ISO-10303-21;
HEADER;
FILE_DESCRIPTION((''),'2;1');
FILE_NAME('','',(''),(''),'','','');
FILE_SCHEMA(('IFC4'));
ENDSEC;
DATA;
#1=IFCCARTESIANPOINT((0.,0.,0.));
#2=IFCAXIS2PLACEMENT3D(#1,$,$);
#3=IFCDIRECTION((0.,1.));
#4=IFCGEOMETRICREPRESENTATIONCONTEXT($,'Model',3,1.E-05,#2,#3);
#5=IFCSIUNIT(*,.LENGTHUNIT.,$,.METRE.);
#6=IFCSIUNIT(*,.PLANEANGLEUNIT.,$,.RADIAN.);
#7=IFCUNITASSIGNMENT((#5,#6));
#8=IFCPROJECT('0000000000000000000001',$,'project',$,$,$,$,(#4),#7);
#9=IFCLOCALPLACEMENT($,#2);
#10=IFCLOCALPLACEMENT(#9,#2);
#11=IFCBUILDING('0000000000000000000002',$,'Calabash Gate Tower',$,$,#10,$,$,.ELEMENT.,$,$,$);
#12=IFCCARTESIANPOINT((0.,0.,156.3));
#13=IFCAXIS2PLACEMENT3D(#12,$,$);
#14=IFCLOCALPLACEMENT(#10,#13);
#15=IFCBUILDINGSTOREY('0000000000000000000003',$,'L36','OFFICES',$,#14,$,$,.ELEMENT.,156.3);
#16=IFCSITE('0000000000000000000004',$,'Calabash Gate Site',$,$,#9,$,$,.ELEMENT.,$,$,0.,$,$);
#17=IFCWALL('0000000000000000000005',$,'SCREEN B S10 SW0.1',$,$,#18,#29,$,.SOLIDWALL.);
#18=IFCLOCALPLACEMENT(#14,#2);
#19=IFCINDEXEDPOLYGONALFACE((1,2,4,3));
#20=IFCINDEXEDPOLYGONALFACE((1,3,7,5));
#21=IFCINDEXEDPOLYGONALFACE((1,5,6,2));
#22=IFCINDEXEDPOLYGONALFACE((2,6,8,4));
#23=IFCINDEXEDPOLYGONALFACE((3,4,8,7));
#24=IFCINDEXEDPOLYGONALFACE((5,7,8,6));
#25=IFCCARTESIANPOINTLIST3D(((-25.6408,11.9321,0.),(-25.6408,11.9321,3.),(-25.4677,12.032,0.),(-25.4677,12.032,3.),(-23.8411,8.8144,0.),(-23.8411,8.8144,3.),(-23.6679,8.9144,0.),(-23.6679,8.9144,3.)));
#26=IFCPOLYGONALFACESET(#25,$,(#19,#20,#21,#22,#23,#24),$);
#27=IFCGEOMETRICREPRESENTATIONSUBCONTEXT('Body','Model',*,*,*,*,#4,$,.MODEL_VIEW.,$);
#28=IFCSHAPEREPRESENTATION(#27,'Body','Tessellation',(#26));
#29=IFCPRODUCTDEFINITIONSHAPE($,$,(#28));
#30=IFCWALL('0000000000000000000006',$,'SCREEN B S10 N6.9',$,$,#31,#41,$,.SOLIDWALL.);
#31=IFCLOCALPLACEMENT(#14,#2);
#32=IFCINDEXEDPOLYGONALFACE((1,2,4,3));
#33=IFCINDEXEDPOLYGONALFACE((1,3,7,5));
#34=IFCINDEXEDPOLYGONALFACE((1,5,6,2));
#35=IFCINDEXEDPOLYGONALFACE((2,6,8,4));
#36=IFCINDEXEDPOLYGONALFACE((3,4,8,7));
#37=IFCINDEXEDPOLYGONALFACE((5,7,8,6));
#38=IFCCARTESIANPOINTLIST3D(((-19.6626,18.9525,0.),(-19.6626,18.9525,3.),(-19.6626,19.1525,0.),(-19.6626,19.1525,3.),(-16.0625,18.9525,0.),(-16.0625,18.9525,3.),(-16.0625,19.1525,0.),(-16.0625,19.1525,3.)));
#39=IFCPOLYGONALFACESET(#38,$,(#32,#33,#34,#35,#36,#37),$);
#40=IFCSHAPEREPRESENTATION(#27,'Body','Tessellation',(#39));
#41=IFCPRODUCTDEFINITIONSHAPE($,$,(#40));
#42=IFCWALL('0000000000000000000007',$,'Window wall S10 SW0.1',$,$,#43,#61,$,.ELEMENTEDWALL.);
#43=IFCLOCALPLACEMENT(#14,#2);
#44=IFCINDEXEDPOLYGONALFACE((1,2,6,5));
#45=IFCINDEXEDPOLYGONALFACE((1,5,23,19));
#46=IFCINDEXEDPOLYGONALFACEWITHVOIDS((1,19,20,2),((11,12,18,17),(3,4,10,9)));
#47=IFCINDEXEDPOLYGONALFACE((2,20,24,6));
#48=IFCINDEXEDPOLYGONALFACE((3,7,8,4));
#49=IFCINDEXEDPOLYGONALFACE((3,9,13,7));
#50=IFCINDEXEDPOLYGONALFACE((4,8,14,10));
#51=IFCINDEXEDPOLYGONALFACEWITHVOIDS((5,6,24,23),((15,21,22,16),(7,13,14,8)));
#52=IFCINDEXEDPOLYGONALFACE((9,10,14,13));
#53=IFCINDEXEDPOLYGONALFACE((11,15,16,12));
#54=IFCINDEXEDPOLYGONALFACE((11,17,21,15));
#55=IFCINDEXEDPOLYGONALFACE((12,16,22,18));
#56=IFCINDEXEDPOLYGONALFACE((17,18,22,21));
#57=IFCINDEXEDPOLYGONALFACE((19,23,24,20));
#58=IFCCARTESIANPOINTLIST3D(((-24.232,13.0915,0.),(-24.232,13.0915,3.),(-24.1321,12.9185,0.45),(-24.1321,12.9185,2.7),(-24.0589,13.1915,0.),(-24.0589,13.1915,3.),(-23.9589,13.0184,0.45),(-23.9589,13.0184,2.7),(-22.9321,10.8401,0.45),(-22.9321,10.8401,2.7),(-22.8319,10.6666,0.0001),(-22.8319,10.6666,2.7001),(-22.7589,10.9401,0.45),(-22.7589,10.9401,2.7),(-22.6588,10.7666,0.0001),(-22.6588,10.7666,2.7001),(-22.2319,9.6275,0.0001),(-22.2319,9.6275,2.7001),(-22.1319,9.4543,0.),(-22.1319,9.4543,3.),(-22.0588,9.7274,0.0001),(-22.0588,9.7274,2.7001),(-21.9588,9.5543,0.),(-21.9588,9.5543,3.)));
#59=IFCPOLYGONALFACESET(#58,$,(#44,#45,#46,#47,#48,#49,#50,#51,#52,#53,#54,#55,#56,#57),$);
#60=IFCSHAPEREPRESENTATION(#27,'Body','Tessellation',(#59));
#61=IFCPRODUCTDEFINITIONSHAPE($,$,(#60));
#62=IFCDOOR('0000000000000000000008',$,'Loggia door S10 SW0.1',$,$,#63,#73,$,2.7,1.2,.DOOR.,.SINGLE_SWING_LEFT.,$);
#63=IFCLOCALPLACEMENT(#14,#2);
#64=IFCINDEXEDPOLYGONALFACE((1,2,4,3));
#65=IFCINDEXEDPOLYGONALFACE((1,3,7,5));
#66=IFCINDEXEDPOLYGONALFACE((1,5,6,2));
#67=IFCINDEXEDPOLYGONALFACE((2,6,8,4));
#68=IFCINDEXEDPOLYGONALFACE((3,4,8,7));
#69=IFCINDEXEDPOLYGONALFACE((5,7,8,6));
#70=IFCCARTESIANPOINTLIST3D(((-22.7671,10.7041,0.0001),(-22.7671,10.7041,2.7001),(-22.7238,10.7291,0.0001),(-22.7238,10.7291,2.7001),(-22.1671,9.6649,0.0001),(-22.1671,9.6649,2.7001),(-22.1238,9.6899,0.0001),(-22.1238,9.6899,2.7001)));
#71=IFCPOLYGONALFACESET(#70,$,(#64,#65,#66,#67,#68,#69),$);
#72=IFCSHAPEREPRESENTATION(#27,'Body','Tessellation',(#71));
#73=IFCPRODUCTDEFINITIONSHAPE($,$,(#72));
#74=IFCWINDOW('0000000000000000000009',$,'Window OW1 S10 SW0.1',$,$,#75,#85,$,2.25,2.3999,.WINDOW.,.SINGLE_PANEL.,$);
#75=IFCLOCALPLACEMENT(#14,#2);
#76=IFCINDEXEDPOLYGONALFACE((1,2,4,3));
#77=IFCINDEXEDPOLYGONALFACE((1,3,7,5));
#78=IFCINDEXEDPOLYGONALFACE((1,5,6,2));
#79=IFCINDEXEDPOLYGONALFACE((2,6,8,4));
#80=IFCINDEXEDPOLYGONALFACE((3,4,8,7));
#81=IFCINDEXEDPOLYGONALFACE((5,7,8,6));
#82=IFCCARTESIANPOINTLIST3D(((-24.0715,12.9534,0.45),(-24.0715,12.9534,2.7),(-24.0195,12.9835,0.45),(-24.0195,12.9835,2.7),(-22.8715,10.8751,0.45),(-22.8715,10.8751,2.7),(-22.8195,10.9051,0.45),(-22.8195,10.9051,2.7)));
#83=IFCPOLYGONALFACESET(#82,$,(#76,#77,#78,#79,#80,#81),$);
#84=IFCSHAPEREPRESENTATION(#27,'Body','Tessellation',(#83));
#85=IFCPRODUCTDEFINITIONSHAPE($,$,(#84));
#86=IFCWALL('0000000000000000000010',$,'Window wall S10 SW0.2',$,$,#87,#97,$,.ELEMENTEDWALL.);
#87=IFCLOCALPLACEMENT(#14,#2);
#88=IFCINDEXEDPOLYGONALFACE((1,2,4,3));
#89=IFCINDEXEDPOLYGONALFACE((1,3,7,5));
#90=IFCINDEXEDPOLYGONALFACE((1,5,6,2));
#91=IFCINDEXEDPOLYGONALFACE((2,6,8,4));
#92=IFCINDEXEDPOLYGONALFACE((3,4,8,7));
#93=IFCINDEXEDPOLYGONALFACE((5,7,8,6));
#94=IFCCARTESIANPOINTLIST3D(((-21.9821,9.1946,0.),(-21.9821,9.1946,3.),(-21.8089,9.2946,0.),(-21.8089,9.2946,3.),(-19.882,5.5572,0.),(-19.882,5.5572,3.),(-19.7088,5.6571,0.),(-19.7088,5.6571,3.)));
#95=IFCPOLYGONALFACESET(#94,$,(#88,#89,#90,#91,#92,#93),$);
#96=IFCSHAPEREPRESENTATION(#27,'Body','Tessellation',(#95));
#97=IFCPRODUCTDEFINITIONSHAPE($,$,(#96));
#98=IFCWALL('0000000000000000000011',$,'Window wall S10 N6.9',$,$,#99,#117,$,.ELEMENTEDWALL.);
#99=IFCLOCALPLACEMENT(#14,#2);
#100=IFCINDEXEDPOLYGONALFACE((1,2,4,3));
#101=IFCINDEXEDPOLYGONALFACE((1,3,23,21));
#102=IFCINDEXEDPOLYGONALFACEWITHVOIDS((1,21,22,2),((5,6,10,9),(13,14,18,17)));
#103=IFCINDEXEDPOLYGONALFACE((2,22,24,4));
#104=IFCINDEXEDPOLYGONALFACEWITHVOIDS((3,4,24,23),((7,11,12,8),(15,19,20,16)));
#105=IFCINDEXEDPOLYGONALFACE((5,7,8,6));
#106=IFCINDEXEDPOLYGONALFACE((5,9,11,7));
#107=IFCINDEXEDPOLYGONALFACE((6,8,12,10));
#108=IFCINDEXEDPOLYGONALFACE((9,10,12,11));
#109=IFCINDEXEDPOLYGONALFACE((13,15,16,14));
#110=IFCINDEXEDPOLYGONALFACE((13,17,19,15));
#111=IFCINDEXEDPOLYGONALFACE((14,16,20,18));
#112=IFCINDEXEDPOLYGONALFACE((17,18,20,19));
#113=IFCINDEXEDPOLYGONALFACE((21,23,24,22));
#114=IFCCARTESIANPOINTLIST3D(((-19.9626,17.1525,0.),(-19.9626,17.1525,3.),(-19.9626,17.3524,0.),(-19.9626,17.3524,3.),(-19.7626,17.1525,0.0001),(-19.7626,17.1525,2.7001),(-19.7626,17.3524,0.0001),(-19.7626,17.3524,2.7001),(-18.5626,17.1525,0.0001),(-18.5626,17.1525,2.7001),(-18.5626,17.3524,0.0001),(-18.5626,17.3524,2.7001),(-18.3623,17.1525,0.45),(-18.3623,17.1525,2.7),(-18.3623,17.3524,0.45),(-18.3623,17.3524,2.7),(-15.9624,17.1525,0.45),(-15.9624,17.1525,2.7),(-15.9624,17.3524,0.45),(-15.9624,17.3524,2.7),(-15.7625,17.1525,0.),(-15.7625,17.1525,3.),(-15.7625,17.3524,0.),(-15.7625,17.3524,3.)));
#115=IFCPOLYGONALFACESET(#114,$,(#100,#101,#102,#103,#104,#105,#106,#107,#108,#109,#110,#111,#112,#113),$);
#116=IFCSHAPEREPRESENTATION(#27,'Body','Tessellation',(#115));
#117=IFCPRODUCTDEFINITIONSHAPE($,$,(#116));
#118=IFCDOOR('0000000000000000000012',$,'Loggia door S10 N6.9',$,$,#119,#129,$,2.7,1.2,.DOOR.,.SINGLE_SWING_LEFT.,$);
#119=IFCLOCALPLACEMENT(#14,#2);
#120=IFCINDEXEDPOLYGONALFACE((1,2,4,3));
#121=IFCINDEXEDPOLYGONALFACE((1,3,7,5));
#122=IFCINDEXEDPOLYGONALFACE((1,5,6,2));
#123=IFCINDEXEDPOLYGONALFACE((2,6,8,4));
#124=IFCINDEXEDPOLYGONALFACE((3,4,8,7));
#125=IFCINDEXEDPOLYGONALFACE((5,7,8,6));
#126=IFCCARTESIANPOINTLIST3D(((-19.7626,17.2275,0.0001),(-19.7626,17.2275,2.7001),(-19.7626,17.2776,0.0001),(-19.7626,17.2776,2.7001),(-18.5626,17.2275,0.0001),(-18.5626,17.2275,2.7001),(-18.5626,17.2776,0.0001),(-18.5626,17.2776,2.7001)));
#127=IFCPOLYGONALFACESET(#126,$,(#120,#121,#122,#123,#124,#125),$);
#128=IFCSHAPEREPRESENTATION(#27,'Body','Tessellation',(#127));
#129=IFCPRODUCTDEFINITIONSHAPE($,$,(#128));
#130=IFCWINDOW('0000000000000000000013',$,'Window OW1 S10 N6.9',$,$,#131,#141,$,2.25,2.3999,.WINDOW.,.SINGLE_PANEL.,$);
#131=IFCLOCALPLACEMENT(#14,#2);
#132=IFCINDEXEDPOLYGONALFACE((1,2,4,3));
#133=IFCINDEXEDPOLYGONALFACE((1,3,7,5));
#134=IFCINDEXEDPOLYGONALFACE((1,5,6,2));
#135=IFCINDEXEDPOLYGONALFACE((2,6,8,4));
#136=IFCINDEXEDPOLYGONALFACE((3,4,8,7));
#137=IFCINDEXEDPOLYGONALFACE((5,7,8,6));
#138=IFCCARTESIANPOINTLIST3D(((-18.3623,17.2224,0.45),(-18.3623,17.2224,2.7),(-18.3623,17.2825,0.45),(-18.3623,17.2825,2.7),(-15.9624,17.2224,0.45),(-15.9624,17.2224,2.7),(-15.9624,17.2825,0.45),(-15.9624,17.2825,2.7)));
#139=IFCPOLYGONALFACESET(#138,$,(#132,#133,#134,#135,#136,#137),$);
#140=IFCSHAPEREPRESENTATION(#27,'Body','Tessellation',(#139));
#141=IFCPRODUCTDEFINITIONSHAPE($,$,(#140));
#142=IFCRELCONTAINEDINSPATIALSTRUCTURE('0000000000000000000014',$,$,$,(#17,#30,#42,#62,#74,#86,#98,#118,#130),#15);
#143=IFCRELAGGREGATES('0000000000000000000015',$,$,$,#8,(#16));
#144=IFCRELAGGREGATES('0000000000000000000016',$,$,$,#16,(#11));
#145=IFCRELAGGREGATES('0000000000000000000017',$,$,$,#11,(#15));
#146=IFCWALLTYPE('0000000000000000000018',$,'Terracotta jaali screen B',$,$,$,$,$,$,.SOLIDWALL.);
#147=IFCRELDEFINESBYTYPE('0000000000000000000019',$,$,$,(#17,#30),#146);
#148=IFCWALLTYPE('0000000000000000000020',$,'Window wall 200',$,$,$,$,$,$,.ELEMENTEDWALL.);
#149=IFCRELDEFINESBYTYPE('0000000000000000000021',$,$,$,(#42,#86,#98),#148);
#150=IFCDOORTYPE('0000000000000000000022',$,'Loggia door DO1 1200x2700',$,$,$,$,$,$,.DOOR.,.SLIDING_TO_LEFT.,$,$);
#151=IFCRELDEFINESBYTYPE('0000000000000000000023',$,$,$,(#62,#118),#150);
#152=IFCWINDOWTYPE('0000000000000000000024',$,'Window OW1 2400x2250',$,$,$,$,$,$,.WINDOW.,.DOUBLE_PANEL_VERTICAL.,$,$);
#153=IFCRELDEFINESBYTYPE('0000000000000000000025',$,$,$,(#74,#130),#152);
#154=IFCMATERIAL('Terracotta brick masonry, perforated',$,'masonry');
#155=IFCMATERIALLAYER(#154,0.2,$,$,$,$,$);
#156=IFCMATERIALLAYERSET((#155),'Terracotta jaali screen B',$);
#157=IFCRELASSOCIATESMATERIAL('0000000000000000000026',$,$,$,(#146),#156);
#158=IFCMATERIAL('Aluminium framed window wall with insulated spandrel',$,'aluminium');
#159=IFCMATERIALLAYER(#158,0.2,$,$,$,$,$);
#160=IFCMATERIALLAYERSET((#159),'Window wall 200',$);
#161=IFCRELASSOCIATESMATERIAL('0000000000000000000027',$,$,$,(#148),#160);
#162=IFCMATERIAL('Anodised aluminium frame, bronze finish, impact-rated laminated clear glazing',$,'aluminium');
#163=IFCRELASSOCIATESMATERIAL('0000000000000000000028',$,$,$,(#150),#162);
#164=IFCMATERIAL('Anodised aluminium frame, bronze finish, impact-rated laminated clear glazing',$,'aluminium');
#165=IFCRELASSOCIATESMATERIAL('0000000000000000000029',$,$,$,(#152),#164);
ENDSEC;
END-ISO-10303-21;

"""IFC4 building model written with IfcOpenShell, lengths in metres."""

from ifc_helpers import new_model, si_unit, direction, frame, frame_2d, origin, place, context, subcontext, project, spatial, rectangle, extrude, material, layer, layer_set, type_object, element, fill, save


model = new_model("IFC4")

# Units and contexts
model_context = context("Model", 3, precision=1e-05, world=origin(), true_north=direction((0.0, 1.0)))
body_context = subcontext(model_context, "Body", "Model", "MODEL_VIEW")
ifc_project = project(units=[si_unit("LENGTHUNIT", "METRE"), si_unit("PLANEANGLEUNIT", "RADIAN")], contexts=[model_context])

# Site, building, storey
site_placement = place(None, origin())
site = spatial("IfcSite", under=ifc_project, at=site_placement, Name="Calabash Gate Site", CompositionType="ELEMENT", RefElevation=0.0)
building_placement = place(site_placement, origin())
building = spatial("IfcBuilding", under=site, at=building_placement, Name="Calabash Gate Tower", CompositionType="ELEMENT")
storey_placement = place(building_placement, frame((0.0, 0.0, 156.3)))
storey = spatial("IfcBuildingStorey", under=building, at=storey_placement, Name="L36", Description="OFFICES", CompositionType="ELEMENT", Elevation=156.3)

# Walls
ifc_material_1 = material(Name="Terracotta brick masonry, perforated", Category="masonry")
ifc_layer_1 = layer(ifc_material_1, 0.2)
ifc_layer_set_1 = layer_set([ifc_layer_1], Name="Terracotta jaali screen B")
wall_type_1 = type_object("IfcWallType", Name="Terracotta jaali screen B", PredefinedType="SOLIDWALL", material=ifc_layer_set_1)
wall_1_placement = place(storey_placement, frame((-25.5542, 11.9819, 0.0), z_axis=(0.0, 0.0, 1.0), x_axis=(0.499961, -0.866048, 0.0)))
element("IfcWall", 1, at=wall_1_placement, inside=storey, type_object=wall_type_1, Name="SCREEN B S10 SW0.1", PredefinedType="SOLIDWALL", context=body_context, shape_type="SweptSolid", body=[
    extrude(rectangle(XDim=3.5999, YDim=0.2, at=frame_2d((1.7998, 0.0))), origin(), (0.0, 0.0, 1.0), 3.0),
])
wall_2_placement = place(storey_placement, frame((-16.0625, 19.0525, 0.0), z_axis=(0.0, 0.0, 1.0), x_axis=(-1.0, 0.0, 0.0)))
element("IfcWall", 2, at=wall_2_placement, inside=storey, type_object=wall_type_1, Name="SCREEN B S10 N6.9", PredefinedType="SOLIDWALL", context=body_context, shape_type="SweptSolid", body=[
    extrude(rectangle(XDim=3.6001, YDim=0.2, at=frame_2d((1.8, 0.0))), origin(), (0.0, 0.0, 1.0), 3.0),
])

# Wall, openings, door, window
ifc_material_2 = material(Name="Aluminium framed window wall with insulated spandrel", Category="aluminium")
ifc_layer_2 = layer(ifc_material_2, 0.2)
ifc_layer_set_2 = layer_set([ifc_layer_2], Name="Window wall 200")
wall_type_2 = type_object("IfcWallType", Name="Window wall 200", PredefinedType="ELEMENTEDWALL", material=ifc_layer_set_2)
wall_3_placement = place(storey_placement, frame((-24.1455, 13.1416, 0.0), z_axis=(0.0, 0.0, 1.0), x_axis=(0.500028, -0.866009, 0.0)))
wall_3 = element("IfcWall", 3, at=wall_3_placement, inside=storey, type_object=wall_type_2, Name="Window wall S10 SW0.1", PredefinedType="ELEMENTEDWALL", context=body_context, shape_type="SweptSolid", body=[
    extrude(rectangle(XDim=4.2, YDim=0.2, at=frame_2d((2.1001, 0.0))), origin(), (0.0, 0.0, 1.0), 3.0),
])
opening_1_placement = place(wall_3_placement, frame((0.2, 0.0, 0.45)))
opening_1 = element("IfcOpeningElement", 4, at=opening_1_placement, cuts=wall_3, PredefinedType="OPENING", context=body_context, shape_type="SweptSolid", body=[
    extrude(rectangle(XDim=2.3999, YDim=2.25, at=frame_2d((1.2, 1.125))), frame((0.0, 0.1099, 0.0), z_axis=(0.0, -1.0, 0.0), x_axis=(1.0, 0.0, 0.0)), (0.0, 0.0, 1.0), 0.22),
])
opening_2_placement = place(wall_3_placement, frame((2.8, 0.0, 0.0)))
opening_2 = element("IfcOpeningElement", 5, at=opening_2_placement, cuts=wall_3, PredefinedType="OPENING", context=body_context, shape_type="SweptSolid", body=[
    extrude(rectangle(XDim=1.2, YDim=2.7, at=frame_2d((0.6001, 1.3501))), frame((0.0, 0.1099, 0.0), z_axis=(0.0, -1.0, 0.0), x_axis=(1.0, 0.0, 0.0)), (0.0, 0.0, 1.0), 0.22),
])
ifc_material_3 = material(Name="Anodised aluminium frame, bronze finish, impact-rated laminated clear glazing", Category="aluminium")
door_type = type_object("IfcDoorType", Name="Loggia door DO1 1200x2700", OperationType="SLIDING_TO_LEFT", PredefinedType="DOOR", material=ifc_material_3)
door_1_placement = place(opening_2_placement, origin())
door_1 = element("IfcDoor", 6, at=door_1_placement, inside=storey, type_object=door_type, Name="Loggia door S10 SW0.1", OperationType="SINGLE_SWING_LEFT", OverallHeight=2.7, OverallWidth=1.2, PredefinedType="DOOR", context=body_context, shape_type="SweptSolid", body=[
    extrude(rectangle(XDim=1.2, YDim=2.7, at=frame_2d((0.6001, 1.3501))), frame((0.0, 0.0249, 0.0), z_axis=(0.0, -1.0, 0.0), x_axis=(1.0, 0.0, 0.0)), (0.0, 0.0, 1.0), 0.05),
])
fill(opening_2, door_1)
ifc_material_4 = material(Name="Anodised aluminium frame, bronze finish, impact-rated laminated clear glazing", Category="aluminium")
window_type = type_object("IfcWindowType", Name="Window OW1 2400x2250", PartitioningType="DOUBLE_PANEL_VERTICAL", PredefinedType="WINDOW", material=ifc_material_4)
window_1_placement = place(opening_1_placement, origin())
window_1 = element("IfcWindow", 7, at=window_1_placement, inside=storey, type_object=window_type, Name="Window OW1 S10 SW0.1", OverallHeight=2.25, OverallWidth=2.3999, PartitioningType="SINGLE_PANEL", PredefinedType="WINDOW", context=body_context, shape_type="SweptSolid", body=[
    extrude(rectangle(XDim=2.3999, YDim=2.25, at=frame_2d((1.2, 1.125))), frame((0.0, 0.03, 0.0), z_axis=(0.0, -1.0, 0.0), x_axis=(1.0, 0.0, 0.0)), (0.0, 0.0, 1.0), 0.0601),
])
fill(opening_1, window_1)

# Wall
wall_4_placement = place(storey_placement, frame((-21.8955, 9.2446, 0.0), z_axis=(0.0, 0.0, 1.0), x_axis=(0.500003, -0.866024, 0.0)))
element("IfcWall", 8, at=wall_4_placement, inside=storey, type_object=wall_type_2, Name="Window wall S10 SW0.2", PredefinedType="ELEMENTEDWALL", context=body_context, shape_type="SweptSolid", body=[
    extrude(rectangle(XDim=4.2002, YDim=0.2, at=frame_2d((2.1001, 0.0))), origin(), (0.0, 0.0, 1.0), 3.0),
])

# Wall, openings, door, window
wall_5_placement = place(storey_placement, frame((-15.7625, 17.2524, 0.0), z_axis=(0.0, 0.0, 1.0), x_axis=(-1.0, 0.0, 0.0)))
wall_5 = element("IfcWall", 9, at=wall_5_placement, inside=storey, type_object=wall_type_2, Name="Window wall S10 N6.9", PredefinedType="ELEMENTEDWALL", context=body_context, shape_type="SweptSolid", body=[
    extrude(rectangle(XDim=4.2002, YDim=0.2, at=frame_2d((2.1001, 0.0))), origin(), (0.0, 0.0, 1.0), 3.0),
])
opening_3_placement = place(wall_5_placement, frame((0.2, 0.0, 0.45)))
opening_3 = element("IfcOpeningElement", 10, at=opening_3_placement, cuts=wall_5, PredefinedType="OPENING", context=body_context, shape_type="SweptSolid", body=[
    extrude(rectangle(XDim=2.3999, YDim=2.25, at=frame_2d((1.2, 1.125))), frame((0.0, 0.1099, 0.0), z_axis=(0.0, -1.0, 0.0), x_axis=(1.0, 0.0, 0.0)), (0.0, 0.0, 1.0), 0.22),
])
opening_4_placement = place(wall_5_placement, frame((2.8, 0.0, 0.0)))
opening_4 = element("IfcOpeningElement", 11, at=opening_4_placement, cuts=wall_5, PredefinedType="OPENING", context=body_context, shape_type="SweptSolid", body=[
    extrude(rectangle(XDim=1.2, YDim=2.7, at=frame_2d((0.6001, 1.3501))), frame((0.0, 0.1099, 0.0), z_axis=(0.0, -1.0, 0.0), x_axis=(1.0, 0.0, 0.0)), (0.0, 0.0, 1.0), 0.22),
])
door_2_placement = place(opening_4_placement, origin())
door_2 = element("IfcDoor", 12, at=door_2_placement, inside=storey, type_object=door_type, Name="Loggia door S10 N6.9", OperationType="SINGLE_SWING_LEFT", OverallHeight=2.7, OverallWidth=1.2, PredefinedType="DOOR", context=body_context, shape_type="SweptSolid", body=[
    extrude(rectangle(XDim=1.2, YDim=2.7, at=frame_2d((0.6001, 1.3501))), frame((0.0, 0.0249, 0.0), z_axis=(0.0, -1.0, 0.0), x_axis=(1.0, 0.0, 0.0)), (0.0, 0.0, 1.0), 0.05),
])
fill(opening_4, door_2)
window_2_placement = place(opening_3_placement, origin())
window_2 = element("IfcWindow", 13, at=window_2_placement, inside=storey, type_object=window_type, Name="Window OW1 S10 N6.9", OverallHeight=2.25, OverallWidth=2.3999, PartitioningType="SINGLE_PANEL", PredefinedType="WINDOW", context=body_context, shape_type="SweptSolid", body=[
    extrude(rectangle(XDim=2.3999, YDim=2.25, at=frame_2d((1.2, 1.125))), frame((0.0, 0.03, 0.0), z_axis=(0.0, -1.0, 0.0), x_axis=(1.0, 0.0, 0.0)), (0.0, 0.0, 1.0), 0.0601),
])
fill(opening_3, window_2)

save(model, "model.ifc")
